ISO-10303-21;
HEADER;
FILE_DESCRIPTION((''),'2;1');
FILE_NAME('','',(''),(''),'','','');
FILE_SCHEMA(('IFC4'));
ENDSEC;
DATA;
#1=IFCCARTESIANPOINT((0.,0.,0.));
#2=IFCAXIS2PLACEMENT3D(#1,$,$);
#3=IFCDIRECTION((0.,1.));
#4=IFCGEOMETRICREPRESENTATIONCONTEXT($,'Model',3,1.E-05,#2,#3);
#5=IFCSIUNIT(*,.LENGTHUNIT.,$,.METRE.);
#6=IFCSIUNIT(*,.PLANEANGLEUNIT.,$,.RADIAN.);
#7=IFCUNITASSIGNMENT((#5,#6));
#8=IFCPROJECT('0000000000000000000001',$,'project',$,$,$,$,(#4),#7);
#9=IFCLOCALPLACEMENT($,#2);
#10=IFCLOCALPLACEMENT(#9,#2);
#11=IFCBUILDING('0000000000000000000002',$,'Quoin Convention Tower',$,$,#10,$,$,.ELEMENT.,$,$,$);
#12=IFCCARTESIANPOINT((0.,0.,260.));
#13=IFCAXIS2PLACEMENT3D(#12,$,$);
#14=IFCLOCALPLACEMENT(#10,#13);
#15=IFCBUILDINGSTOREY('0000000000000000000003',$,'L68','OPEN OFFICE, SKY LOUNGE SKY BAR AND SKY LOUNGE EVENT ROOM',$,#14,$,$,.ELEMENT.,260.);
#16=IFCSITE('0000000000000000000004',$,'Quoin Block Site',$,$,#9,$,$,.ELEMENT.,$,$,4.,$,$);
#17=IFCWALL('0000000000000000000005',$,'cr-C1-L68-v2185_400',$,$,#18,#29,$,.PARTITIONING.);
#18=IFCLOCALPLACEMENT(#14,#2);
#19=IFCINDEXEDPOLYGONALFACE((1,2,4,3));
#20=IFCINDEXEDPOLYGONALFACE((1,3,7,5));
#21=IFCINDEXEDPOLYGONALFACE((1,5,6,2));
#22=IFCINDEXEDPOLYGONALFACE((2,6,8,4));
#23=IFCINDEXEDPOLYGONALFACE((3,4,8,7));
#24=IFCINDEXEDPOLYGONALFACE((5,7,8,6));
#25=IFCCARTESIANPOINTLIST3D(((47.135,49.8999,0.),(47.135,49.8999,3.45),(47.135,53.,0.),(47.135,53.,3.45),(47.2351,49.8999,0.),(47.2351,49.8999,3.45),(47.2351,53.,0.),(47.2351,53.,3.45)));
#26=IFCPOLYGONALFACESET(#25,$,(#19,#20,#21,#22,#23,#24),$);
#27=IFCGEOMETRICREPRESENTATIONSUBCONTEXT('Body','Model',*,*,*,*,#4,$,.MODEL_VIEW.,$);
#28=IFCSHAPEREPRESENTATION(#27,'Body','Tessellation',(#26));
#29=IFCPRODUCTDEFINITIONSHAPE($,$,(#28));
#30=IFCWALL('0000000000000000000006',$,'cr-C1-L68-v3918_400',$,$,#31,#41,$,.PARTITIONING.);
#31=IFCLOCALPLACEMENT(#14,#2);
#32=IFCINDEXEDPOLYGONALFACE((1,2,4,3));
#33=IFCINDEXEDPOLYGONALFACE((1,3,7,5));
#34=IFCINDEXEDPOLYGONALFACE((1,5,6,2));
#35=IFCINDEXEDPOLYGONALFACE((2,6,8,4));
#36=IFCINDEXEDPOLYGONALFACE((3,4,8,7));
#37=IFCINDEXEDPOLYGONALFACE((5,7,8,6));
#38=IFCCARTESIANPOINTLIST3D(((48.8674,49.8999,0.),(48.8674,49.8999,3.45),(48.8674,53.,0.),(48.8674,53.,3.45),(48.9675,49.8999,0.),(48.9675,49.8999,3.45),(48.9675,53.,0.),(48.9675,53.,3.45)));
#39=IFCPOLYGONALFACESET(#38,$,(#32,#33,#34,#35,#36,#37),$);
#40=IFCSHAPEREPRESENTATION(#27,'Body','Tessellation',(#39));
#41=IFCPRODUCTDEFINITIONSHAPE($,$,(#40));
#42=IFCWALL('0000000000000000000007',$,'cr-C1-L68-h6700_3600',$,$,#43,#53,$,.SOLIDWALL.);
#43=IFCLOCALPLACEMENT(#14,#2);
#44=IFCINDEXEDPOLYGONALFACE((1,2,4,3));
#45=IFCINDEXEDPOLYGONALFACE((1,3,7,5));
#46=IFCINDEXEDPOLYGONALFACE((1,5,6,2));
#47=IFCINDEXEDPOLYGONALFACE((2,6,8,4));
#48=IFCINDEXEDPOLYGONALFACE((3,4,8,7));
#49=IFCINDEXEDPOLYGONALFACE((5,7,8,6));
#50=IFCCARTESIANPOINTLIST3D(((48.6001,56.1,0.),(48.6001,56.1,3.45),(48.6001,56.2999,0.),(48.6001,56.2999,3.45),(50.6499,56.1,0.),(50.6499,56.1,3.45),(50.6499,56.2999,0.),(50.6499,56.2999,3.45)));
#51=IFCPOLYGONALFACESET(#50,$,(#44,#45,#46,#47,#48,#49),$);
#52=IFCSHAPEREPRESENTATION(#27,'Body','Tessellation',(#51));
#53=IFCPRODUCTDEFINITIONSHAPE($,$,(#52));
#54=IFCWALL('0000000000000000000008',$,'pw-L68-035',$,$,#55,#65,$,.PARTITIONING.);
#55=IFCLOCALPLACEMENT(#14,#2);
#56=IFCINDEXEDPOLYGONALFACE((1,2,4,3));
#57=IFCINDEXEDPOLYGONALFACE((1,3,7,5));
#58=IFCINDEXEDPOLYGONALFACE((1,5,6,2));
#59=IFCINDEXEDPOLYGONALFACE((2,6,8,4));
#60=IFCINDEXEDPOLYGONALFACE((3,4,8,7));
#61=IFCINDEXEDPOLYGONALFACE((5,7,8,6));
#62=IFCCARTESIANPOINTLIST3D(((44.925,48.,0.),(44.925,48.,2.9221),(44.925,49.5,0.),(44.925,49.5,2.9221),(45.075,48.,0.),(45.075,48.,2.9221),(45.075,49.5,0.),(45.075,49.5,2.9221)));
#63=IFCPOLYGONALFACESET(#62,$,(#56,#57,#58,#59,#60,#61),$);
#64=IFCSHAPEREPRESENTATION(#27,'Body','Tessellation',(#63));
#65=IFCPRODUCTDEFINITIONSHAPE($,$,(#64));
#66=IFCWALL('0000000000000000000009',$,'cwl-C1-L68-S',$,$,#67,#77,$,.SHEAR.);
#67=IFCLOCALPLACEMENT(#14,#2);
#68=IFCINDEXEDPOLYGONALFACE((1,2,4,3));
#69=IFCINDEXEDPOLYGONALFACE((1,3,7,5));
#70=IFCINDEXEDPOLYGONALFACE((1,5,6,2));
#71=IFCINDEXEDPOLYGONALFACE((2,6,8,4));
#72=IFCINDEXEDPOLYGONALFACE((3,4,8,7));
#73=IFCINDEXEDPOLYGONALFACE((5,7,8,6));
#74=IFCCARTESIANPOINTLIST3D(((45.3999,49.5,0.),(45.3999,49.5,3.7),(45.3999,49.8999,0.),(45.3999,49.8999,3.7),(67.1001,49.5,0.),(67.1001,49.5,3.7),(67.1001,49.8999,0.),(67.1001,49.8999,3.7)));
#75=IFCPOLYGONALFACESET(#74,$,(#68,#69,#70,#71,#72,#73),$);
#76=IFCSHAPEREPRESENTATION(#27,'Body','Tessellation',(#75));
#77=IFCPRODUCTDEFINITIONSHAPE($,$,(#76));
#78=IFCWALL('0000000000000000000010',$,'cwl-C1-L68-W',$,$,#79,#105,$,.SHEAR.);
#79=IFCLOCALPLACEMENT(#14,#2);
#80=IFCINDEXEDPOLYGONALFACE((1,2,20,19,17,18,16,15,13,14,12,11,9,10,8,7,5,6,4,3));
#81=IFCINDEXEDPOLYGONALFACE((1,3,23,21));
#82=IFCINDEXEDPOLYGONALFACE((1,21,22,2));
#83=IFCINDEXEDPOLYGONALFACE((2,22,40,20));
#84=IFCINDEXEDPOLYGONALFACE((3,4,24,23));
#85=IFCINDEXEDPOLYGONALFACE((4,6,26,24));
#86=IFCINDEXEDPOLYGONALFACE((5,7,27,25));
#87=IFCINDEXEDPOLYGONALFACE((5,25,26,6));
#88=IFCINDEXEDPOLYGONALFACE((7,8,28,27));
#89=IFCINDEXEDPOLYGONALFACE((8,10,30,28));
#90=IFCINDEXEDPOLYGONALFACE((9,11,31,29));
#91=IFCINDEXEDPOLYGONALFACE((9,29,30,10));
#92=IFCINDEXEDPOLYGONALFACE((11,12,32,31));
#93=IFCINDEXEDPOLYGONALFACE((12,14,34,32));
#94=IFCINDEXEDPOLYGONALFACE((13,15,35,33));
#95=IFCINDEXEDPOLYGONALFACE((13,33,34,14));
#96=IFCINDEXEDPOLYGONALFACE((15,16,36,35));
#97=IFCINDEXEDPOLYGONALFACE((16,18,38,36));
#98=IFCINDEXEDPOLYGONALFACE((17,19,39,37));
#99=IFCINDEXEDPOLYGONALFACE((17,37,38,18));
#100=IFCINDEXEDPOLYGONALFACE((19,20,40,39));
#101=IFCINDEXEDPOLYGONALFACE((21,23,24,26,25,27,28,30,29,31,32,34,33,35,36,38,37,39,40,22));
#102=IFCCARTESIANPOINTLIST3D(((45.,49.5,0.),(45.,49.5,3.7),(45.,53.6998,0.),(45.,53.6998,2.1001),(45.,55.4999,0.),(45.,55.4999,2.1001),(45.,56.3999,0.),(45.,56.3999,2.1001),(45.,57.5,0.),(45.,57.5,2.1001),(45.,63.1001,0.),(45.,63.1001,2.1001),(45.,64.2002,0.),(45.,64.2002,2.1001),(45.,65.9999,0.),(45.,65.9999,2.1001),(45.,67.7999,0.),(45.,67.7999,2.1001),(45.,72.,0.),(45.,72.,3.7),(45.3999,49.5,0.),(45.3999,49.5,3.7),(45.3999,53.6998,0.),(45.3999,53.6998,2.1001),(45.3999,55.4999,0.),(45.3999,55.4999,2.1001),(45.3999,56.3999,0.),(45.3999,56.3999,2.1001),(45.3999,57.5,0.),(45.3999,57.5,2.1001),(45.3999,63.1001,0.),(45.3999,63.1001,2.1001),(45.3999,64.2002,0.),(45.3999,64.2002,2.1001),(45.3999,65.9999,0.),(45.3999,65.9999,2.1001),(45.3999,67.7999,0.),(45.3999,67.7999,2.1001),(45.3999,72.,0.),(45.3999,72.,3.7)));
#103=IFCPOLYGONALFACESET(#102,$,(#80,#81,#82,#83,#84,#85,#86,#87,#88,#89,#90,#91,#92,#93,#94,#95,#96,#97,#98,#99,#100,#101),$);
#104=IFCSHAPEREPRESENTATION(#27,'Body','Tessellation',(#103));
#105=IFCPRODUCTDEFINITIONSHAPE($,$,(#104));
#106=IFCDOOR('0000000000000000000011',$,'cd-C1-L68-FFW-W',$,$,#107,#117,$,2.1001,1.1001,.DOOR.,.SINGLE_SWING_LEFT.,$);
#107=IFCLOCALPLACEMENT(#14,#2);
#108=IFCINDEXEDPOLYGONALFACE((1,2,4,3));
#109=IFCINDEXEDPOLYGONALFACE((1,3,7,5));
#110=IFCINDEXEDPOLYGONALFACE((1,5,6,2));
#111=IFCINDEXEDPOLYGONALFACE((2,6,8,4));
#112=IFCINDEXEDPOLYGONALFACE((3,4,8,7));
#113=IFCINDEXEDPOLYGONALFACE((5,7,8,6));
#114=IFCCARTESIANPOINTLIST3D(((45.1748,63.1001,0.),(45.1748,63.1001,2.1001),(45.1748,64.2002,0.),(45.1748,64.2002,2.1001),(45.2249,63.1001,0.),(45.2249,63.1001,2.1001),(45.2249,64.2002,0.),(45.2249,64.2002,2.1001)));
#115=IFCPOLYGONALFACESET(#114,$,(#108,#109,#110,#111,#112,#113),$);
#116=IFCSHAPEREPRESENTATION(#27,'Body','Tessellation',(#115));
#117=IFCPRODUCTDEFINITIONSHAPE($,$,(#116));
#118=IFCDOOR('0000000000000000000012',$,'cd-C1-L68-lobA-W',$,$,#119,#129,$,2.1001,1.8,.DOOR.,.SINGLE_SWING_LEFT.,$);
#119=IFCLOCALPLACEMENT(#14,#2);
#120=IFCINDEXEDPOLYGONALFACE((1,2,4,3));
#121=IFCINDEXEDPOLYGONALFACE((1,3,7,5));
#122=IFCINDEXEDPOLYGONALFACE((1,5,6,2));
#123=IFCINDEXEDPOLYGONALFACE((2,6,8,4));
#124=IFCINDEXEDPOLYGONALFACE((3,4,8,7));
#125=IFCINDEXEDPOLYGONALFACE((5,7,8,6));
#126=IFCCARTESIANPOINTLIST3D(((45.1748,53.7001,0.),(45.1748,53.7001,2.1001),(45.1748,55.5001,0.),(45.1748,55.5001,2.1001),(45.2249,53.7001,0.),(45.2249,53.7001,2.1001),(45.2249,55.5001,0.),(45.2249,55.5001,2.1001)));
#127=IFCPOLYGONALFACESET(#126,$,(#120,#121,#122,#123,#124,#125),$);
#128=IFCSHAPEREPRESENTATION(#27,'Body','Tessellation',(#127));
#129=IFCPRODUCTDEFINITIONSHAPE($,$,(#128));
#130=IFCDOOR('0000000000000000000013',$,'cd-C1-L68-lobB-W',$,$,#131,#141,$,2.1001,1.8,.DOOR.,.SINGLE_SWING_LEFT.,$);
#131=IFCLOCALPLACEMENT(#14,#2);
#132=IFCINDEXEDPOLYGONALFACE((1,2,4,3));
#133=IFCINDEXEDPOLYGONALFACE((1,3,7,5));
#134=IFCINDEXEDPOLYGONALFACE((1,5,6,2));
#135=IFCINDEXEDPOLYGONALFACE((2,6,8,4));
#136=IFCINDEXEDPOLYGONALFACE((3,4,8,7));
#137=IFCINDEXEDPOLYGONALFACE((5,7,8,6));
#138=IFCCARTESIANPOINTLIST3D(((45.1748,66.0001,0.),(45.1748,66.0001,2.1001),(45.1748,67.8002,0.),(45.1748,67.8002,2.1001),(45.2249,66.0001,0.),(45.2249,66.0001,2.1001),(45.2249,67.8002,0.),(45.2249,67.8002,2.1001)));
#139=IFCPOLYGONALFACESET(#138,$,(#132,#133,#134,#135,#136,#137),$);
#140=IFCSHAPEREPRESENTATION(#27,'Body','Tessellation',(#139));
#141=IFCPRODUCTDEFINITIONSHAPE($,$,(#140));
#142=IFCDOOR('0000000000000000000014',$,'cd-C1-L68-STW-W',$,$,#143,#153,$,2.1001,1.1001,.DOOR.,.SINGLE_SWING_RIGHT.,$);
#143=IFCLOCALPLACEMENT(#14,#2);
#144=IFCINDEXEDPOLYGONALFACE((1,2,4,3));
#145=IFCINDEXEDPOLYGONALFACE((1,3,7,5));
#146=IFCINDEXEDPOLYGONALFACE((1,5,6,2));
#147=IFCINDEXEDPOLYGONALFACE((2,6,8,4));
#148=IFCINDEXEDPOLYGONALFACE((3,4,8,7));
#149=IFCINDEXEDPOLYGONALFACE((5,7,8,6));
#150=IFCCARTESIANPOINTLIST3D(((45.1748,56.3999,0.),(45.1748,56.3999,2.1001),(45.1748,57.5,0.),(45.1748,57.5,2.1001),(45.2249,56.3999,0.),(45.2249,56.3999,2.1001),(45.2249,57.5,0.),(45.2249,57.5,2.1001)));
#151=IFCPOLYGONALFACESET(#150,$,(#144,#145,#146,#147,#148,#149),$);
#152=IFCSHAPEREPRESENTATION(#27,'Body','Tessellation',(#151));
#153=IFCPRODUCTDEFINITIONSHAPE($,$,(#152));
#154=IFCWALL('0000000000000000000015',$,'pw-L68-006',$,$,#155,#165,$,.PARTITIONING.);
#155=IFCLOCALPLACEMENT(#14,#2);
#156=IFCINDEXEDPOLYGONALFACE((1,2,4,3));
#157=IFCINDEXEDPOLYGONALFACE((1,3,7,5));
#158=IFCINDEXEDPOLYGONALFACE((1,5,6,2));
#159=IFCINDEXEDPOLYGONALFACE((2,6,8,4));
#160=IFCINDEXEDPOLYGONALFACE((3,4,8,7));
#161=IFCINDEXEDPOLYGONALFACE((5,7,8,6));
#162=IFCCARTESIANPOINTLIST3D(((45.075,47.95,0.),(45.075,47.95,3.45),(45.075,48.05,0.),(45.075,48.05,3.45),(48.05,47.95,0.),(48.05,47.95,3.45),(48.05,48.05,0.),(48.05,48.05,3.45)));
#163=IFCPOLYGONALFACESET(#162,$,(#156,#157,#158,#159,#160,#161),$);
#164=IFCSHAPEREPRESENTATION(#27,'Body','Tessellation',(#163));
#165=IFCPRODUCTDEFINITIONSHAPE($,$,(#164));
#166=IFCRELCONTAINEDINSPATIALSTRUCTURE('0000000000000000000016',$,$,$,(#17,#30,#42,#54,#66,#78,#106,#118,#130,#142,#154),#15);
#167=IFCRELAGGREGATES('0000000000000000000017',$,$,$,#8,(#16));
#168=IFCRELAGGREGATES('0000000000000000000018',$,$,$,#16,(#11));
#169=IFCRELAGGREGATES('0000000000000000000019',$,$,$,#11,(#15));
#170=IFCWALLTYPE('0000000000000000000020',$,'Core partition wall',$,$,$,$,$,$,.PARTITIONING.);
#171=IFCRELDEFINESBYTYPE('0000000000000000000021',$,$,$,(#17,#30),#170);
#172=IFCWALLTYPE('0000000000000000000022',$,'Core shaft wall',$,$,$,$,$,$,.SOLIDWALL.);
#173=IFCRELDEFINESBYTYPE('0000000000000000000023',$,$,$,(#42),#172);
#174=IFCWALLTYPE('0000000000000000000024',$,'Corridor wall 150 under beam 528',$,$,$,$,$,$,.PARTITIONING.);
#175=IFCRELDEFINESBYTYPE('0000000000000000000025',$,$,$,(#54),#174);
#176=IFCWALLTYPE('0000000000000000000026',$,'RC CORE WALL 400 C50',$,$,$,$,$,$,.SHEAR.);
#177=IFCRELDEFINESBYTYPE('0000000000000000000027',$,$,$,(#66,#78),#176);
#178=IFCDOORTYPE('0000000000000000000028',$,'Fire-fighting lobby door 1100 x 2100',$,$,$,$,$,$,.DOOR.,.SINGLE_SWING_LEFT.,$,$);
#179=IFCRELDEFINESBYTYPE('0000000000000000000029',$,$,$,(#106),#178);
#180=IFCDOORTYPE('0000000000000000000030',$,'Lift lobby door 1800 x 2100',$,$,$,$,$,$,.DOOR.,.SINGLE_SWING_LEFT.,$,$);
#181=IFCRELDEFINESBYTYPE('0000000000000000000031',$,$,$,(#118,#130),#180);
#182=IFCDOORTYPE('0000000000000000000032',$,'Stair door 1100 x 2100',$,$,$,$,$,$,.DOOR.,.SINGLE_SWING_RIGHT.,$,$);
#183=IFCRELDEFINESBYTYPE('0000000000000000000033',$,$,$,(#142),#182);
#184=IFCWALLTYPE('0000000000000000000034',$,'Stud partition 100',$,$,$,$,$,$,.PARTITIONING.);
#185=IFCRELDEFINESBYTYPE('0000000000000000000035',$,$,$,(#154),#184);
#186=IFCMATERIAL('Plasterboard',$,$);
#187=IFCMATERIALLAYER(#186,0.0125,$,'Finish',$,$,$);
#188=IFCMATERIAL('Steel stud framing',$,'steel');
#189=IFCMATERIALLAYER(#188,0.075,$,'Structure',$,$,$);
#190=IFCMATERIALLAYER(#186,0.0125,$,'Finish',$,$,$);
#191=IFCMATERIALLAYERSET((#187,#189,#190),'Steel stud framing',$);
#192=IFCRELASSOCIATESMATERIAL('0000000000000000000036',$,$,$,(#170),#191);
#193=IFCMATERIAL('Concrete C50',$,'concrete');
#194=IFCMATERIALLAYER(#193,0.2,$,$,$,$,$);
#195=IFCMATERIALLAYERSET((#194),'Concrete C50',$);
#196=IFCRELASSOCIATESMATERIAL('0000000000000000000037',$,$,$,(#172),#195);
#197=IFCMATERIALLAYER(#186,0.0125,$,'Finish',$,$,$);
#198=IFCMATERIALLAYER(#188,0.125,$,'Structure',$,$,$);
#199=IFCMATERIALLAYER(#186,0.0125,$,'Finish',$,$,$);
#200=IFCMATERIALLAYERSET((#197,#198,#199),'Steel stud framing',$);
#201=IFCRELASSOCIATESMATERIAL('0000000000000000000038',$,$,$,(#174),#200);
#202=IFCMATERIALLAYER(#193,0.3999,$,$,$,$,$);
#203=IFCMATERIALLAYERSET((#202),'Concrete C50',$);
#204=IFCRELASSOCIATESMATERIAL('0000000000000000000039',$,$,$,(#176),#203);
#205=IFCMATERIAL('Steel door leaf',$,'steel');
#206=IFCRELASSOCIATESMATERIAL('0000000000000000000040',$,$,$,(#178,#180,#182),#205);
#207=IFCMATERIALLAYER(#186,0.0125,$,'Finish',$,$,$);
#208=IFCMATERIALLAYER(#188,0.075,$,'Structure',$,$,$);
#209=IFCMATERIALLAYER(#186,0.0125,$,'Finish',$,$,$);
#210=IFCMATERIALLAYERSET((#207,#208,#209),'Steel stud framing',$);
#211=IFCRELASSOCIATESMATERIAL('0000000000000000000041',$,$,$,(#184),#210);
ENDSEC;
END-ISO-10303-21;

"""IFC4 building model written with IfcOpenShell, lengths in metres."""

from ifc_helpers import new_model, si_unit, direction, frame, frame_2d, origin, place, context, subcontext, project, spatial, rectangle, extrude, material, layer, layer_set, type_object, element, fill, save


model = new_model("IFC4")

# Units and contexts
model_context = context("Model", 3, precision=1e-05, world=origin(), true_north=direction((0.0, 1.0)))
body_context = subcontext(model_context, "Body", "Model", "MODEL_VIEW")
ifc_project = project(units=[si_unit("LENGTHUNIT", "METRE"), si_unit("PLANEANGLEUNIT", "RADIAN")], contexts=[model_context])

# Site, building, storey
site_placement = place(None, origin())
site = spatial("IfcSite", under=ifc_project, at=site_placement, Name="Quoin Block Site", CompositionType="ELEMENT", RefElevation=4.0)
building_placement = place(site_placement, origin())
building = spatial("IfcBuilding", under=site, at=building_placement, Name="Quoin Convention Tower", CompositionType="ELEMENT")
storey_placement = place(building_placement, frame((0.0, 0.0, 260.0)))
storey = spatial("IfcBuildingStorey", under=building, at=storey_placement, Name="L68", Description="OPEN OFFICE, SKY LOUNGE SKY BAR AND SKY LOUNGE EVENT ROOM", CompositionType="ELEMENT", Elevation=260.0)

# Shared definitions
ifc_material_1 = material(Name="Plasterboard")
ifc_material_2 = material(Name="Steel stud framing", Category="steel")

# Shared definitions
ifc_layer_1 = layer(ifc_material_1, 0.0125, Name="Finish")
ifc_layer_2 = layer(ifc_material_2, 0.075, Name="Structure")
ifc_layer_3 = layer(ifc_material_1, 0.0125, Name="Finish")
ifc_layer_set_1 = layer_set([ifc_layer_1, ifc_layer_2, ifc_layer_3], Name="Steel stud framing")
wall_type_1 = type_object("IfcWallType", Name="Core partition wall", PredefinedType="PARTITIONING", material=ifc_layer_set_1)
ifc_material_3 = material(Name="Steel door leaf", Category="steel")

# Walls
for number, where, z_axis, x_axis, name in (
    (1, (47.1851, 49.8999, 0.0), (0.0, 0.0, 1.0), (0.0, 1.0, 0.0), "cr-C1-L68-v2185_400"),
    (2, (48.9175, 49.8999, 0.0), (0.0, 0.0, 1.0), (0.0, 1.0, 0.0), "cr-C1-L68-v3918_400"),
):
    element("IfcWall", number, at=place(storey_placement, frame(where, z_axis=z_axis, x_axis=x_axis)), inside=storey, type_object=wall_type_1, Name=name, PredefinedType="PARTITIONING", context=body_context, shape_type="SweptSolid", body=[
        extrude(rectangle(XDim=3.1001, YDim=0.1001, at=frame_2d((1.55, 0.0))), origin(), (0.0, 0.0, 1.0), 3.45),
    ])
ifc_material_4 = material(Name="Concrete C50", Category="concrete")
ifc_layer_4 = layer(ifc_material_4, 0.2)
ifc_layer_set_2 = layer_set([ifc_layer_4], Name="Concrete C50")
wall_type_2 = type_object("IfcWallType", Name="Core shaft wall", PredefinedType="SOLIDWALL", material=ifc_layer_set_2)
wall_1_placement = place(storey_placement, frame((48.6001, 56.2, 0.0), z_axis=(0.0, 0.0, 1.0), x_axis=(1.0, 0.0, 0.0)))
element("IfcWall", 3, at=wall_1_placement, inside=storey, type_object=wall_type_2, Name="cr-C1-L68-h6700_3600", PredefinedType="SOLIDWALL", context=body_context, shape_type="SweptSolid", body=[
    extrude(rectangle(XDim=2.0498, YDim=0.2, at=frame_2d((1.0249, 0.0))), origin(), (0.0, 0.0, 1.0), 3.45),
])
ifc_layer_5 = layer(ifc_material_1, 0.0125, Name="Finish")
ifc_layer_6 = layer(ifc_material_2, 0.125, Name="Structure")
ifc_layer_7 = layer(ifc_material_1, 0.0125, Name="Finish")
ifc_layer_set_3 = layer_set([ifc_layer_5, ifc_layer_6, ifc_layer_7], Name="Steel stud framing")
wall_type_3 = type_object("IfcWallType", Name="Corridor wall 150 under beam 528", PredefinedType="PARTITIONING", material=ifc_layer_set_3)
wall_2_placement = place(storey_placement, frame((45.0, 48.0, 0.0), z_axis=(0.0, 0.0, 1.0), x_axis=(0.0, 1.0, 0.0)))
element("IfcWall", 4, at=wall_2_placement, inside=storey, type_object=wall_type_3, Name="pw-L68-035", PredefinedType="PARTITIONING", context=body_context, shape_type="SweptSolid", body=[
    extrude(rectangle(XDim=1.5, YDim=0.1499, at=frame_2d((0.75, 0.0))), origin(), (0.0, 0.0, 1.0), 2.9221),
])
ifc_layer_8 = layer(ifc_material_4, 0.3999)
ifc_layer_set_4 = layer_set([ifc_layer_8], Name="Concrete C50")
wall_type_4 = type_object("IfcWallType", Name="RC CORE WALL 400 C50", PredefinedType="SHEAR", material=ifc_layer_set_4)
wall_3_placement = place(storey_placement, frame((45.3999, 49.7, 0.0), z_axis=(0.0, 0.0, 1.0), x_axis=(1.0, 0.0, 0.0)))
element("IfcWall", 5, at=wall_3_placement, inside=storey, type_object=wall_type_4, Name="cwl-C1-L68-S", PredefinedType="SHEAR", context=body_context, shape_type="SweptSolid", body=[
    extrude(rectangle(XDim=21.7002, YDim=0.3999, at=frame_2d((10.8501, 0.0))), origin(), (0.0, 0.0, 1.0), 3.7),
])

# Wall, openings, doors
wall_4_placement = place(storey_placement, frame((45.2, 49.5, 0.0), z_axis=(0.0, 0.0, 1.0), x_axis=(0.0, 1.0, 0.0)))
wall_4 = element("IfcWall", 6, at=wall_4_placement, inside=storey, type_object=wall_type_4, Name="cwl-C1-L68-W", PredefinedType="SHEAR", context=body_context, shape_type="SweptSolid", body=[
    extrude(rectangle(XDim=22.5, YDim=0.3999, at=frame_2d((11.25, 0.0))), origin(), (0.0, 0.0, 1.0), 3.7),
])
opening_1_placement = place(wall_4_placement, frame((4.2, 0.0, 0.0)))
opening_1 = element("IfcOpeningElement", 7, at=opening_1_placement, cuts=wall_4, PredefinedType="OPENING", context=body_context, shape_type="SweptSolid", body=[
    extrude(rectangle(XDim=1.8, YDim=2.1001, at=frame_2d((0.8999, 1.05))), frame((0.0, 0.21, 0.0), z_axis=(0.0, -1.0, 0.0), x_axis=(1.0, 0.0, 0.0)), (0.0, 0.0, 1.0), 0.4199),
])
opening_2_placement = place(wall_4_placement, frame((6.8999, 0.0, 0.0)))
opening_2 = element("IfcOpeningElement", 8, at=opening_2_placement, cuts=wall_4, PredefinedType="OPENING", context=body_context, shape_type="SweptSolid", body=[
    extrude(rectangle(XDim=1.1001, YDim=2.1001, at=frame_2d((0.55, 1.05))), frame((0.0, 0.21, 0.0), z_axis=(0.0, -1.0, 0.0), x_axis=(1.0, 0.0, 0.0)), (0.0, 0.0, 1.0), 0.4199),
])
opening_3_placement = place(wall_4_placement, frame((13.6001, 0.0, 0.0)))
opening_3 = element("IfcOpeningElement", 9, at=opening_3_placement, cuts=wall_4, PredefinedType="OPENING", context=body_context, shape_type="SweptSolid", body=[
    extrude(rectangle(XDim=1.1001, YDim=2.1001, at=frame_2d((0.55, 1.05))), frame((0.0, 0.21, 0.0), z_axis=(0.0, -1.0, 0.0), x_axis=(1.0, 0.0, 0.0)), (0.0, 0.0, 1.0), 0.4199),
])
opening_4_placement = place(wall_4_placement, frame((16.5, 0.0, 0.0)))
opening_4 = element("IfcOpeningElement", 10, at=opening_4_placement, cuts=wall_4, PredefinedType="OPENING", context=body_context, shape_type="SweptSolid", body=[
    extrude(rectangle(XDim=1.8, YDim=2.1001, at=frame_2d((0.8999, 1.05))), frame((0.0, 0.21, 0.0), z_axis=(0.0, -1.0, 0.0), x_axis=(1.0, 0.0, 0.0)), (0.0, 0.0, 1.0), 0.4199),
])
door_type_1 = type_object("IfcDoorType", Name="Fire-fighting lobby door 1100 x 2100", OperationType="SINGLE_SWING_LEFT", PredefinedType="DOOR", material=ifc_material_3)
door_1_placement = place(opening_3_placement, frame((1.1001, 0.0, 0.0), z_axis=(0.0, 0.0, 1.0), x_axis=(-1.0, 0.0, 0.0)))
door_1 = element("IfcDoor", 11, at=door_1_placement, inside=storey, type_object=door_type_1, Name="cd-C1-L68-FFW-W", OperationType="SINGLE_SWING_LEFT", OverallHeight=2.1001, OverallWidth=1.1001, PredefinedType="DOOR", context=body_context, shape_type="SweptSolid", body=[
    extrude(rectangle(XDim=1.1001, YDim=2.1001, at=frame_2d((0.55, 1.05))), frame((0.0, 0.0249, 0.0), z_axis=(0.0, -1.0, 0.0), x_axis=(1.0, 0.0, 0.0)), (0.0, 0.0, 1.0), 0.05),
])
fill(opening_3, door_1)
door_type_2 = type_object("IfcDoorType", Name="Lift lobby door 1800 x 2100", OperationType="SINGLE_SWING_LEFT", PredefinedType="DOOR", material=ifc_material_3)
door_2_placement = place(opening_1_placement, frame((1.8, 0.0, 0.0), z_axis=(0.0, 0.0, 1.0), x_axis=(-1.0, 0.0, 0.0)))
door_2 = element("IfcDoor", 12, at=door_2_placement, inside=storey, type_object=door_type_2, Name="cd-C1-L68-lobA-W", OperationType="SINGLE_SWING_LEFT", OverallHeight=2.1001, OverallWidth=1.8, PredefinedType="DOOR", context=body_context, shape_type="SweptSolid", body=[
    extrude(rectangle(XDim=1.8, YDim=2.1001, at=frame_2d((0.8999, 1.05))), frame((0.0, 0.0249, 0.0), z_axis=(0.0, -1.0, 0.0), x_axis=(1.0, 0.0, 0.0)), (0.0, 0.0, 1.0), 0.05),
])
fill(opening_1, door_2)
door_3_placement = place(opening_4_placement, frame((1.8, 0.0, 0.0), z_axis=(0.0, 0.0, 1.0), x_axis=(-1.0, 0.0, 0.0)))
door_3 = element("IfcDoor", 13, at=door_3_placement, inside=storey, type_object=door_type_2, Name="cd-C1-L68-lobB-W", OperationType="SINGLE_SWING_LEFT", OverallHeight=2.1001, OverallWidth=1.8, PredefinedType="DOOR", context=body_context, shape_type="SweptSolid", body=[
    extrude(rectangle(XDim=1.8, YDim=2.1001, at=frame_2d((0.8999, 1.05))), frame((0.0, 0.0249, 0.0), z_axis=(0.0, -1.0, 0.0), x_axis=(1.0, 0.0, 0.0)), (0.0, 0.0, 1.0), 0.05),
])
fill(opening_4, door_3)
door_type_3 = type_object("IfcDoorType", Name="Stair door 1100 x 2100", OperationType="SINGLE_SWING_RIGHT", PredefinedType="DOOR", material=ifc_material_3)
door_4_placement = place(opening_2_placement, frame((1.1001, 0.0, 0.0), z_axis=(0.0, 0.0, 1.0), x_axis=(-1.0, 0.0, 0.0)))
door_4 = element("IfcDoor", 14, at=door_4_placement, inside=storey, type_object=door_type_3, Name="cd-C1-L68-STW-W", OperationType="SINGLE_SWING_RIGHT", OverallHeight=2.1001, OverallWidth=1.1001, PredefinedType="DOOR", context=body_context, shape_type="SweptSolid", body=[
    extrude(rectangle(XDim=1.1001, YDim=2.1001, at=frame_2d((0.55, 1.05))), frame((0.0, 0.0249, 0.0), z_axis=(0.0, -1.0, 0.0), x_axis=(1.0, 0.0, 0.0)), (0.0, 0.0, 1.0), 0.05),
])
fill(opening_2, door_4)

# Wall
ifc_layer_9 = layer(ifc_material_1, 0.0125, Name="Finish")
ifc_layer_10 = layer(ifc_material_2, 0.075, Name="Structure")
ifc_layer_11 = layer(ifc_material_1, 0.0125, Name="Finish")
ifc_layer_set_5 = layer_set([ifc_layer_9, ifc_layer_10, ifc_layer_11], Name="Steel stud framing")
wall_type_5 = type_object("IfcWallType", Name="Stud partition 100", PredefinedType="PARTITIONING", material=ifc_layer_set_5)
wall_5_placement = place(storey_placement, frame((45.075, 48.0, 0.0), z_axis=(0.0, 0.0, 1.0), x_axis=(1.0, 0.0, 0.0)))
element("IfcWall", 15, at=wall_5_placement, inside=storey, type_object=wall_type_5, Name="pw-L68-006", PredefinedType="PARTITIONING", context=body_context, shape_type="SweptSolid", body=[
    extrude(rectangle(XDim=2.9751, YDim=0.1001, at=frame_2d((1.4875, 0.0))), origin(), (0.0, 0.0, 1.0), 3.45),
])

save(model, "model.ifc")
